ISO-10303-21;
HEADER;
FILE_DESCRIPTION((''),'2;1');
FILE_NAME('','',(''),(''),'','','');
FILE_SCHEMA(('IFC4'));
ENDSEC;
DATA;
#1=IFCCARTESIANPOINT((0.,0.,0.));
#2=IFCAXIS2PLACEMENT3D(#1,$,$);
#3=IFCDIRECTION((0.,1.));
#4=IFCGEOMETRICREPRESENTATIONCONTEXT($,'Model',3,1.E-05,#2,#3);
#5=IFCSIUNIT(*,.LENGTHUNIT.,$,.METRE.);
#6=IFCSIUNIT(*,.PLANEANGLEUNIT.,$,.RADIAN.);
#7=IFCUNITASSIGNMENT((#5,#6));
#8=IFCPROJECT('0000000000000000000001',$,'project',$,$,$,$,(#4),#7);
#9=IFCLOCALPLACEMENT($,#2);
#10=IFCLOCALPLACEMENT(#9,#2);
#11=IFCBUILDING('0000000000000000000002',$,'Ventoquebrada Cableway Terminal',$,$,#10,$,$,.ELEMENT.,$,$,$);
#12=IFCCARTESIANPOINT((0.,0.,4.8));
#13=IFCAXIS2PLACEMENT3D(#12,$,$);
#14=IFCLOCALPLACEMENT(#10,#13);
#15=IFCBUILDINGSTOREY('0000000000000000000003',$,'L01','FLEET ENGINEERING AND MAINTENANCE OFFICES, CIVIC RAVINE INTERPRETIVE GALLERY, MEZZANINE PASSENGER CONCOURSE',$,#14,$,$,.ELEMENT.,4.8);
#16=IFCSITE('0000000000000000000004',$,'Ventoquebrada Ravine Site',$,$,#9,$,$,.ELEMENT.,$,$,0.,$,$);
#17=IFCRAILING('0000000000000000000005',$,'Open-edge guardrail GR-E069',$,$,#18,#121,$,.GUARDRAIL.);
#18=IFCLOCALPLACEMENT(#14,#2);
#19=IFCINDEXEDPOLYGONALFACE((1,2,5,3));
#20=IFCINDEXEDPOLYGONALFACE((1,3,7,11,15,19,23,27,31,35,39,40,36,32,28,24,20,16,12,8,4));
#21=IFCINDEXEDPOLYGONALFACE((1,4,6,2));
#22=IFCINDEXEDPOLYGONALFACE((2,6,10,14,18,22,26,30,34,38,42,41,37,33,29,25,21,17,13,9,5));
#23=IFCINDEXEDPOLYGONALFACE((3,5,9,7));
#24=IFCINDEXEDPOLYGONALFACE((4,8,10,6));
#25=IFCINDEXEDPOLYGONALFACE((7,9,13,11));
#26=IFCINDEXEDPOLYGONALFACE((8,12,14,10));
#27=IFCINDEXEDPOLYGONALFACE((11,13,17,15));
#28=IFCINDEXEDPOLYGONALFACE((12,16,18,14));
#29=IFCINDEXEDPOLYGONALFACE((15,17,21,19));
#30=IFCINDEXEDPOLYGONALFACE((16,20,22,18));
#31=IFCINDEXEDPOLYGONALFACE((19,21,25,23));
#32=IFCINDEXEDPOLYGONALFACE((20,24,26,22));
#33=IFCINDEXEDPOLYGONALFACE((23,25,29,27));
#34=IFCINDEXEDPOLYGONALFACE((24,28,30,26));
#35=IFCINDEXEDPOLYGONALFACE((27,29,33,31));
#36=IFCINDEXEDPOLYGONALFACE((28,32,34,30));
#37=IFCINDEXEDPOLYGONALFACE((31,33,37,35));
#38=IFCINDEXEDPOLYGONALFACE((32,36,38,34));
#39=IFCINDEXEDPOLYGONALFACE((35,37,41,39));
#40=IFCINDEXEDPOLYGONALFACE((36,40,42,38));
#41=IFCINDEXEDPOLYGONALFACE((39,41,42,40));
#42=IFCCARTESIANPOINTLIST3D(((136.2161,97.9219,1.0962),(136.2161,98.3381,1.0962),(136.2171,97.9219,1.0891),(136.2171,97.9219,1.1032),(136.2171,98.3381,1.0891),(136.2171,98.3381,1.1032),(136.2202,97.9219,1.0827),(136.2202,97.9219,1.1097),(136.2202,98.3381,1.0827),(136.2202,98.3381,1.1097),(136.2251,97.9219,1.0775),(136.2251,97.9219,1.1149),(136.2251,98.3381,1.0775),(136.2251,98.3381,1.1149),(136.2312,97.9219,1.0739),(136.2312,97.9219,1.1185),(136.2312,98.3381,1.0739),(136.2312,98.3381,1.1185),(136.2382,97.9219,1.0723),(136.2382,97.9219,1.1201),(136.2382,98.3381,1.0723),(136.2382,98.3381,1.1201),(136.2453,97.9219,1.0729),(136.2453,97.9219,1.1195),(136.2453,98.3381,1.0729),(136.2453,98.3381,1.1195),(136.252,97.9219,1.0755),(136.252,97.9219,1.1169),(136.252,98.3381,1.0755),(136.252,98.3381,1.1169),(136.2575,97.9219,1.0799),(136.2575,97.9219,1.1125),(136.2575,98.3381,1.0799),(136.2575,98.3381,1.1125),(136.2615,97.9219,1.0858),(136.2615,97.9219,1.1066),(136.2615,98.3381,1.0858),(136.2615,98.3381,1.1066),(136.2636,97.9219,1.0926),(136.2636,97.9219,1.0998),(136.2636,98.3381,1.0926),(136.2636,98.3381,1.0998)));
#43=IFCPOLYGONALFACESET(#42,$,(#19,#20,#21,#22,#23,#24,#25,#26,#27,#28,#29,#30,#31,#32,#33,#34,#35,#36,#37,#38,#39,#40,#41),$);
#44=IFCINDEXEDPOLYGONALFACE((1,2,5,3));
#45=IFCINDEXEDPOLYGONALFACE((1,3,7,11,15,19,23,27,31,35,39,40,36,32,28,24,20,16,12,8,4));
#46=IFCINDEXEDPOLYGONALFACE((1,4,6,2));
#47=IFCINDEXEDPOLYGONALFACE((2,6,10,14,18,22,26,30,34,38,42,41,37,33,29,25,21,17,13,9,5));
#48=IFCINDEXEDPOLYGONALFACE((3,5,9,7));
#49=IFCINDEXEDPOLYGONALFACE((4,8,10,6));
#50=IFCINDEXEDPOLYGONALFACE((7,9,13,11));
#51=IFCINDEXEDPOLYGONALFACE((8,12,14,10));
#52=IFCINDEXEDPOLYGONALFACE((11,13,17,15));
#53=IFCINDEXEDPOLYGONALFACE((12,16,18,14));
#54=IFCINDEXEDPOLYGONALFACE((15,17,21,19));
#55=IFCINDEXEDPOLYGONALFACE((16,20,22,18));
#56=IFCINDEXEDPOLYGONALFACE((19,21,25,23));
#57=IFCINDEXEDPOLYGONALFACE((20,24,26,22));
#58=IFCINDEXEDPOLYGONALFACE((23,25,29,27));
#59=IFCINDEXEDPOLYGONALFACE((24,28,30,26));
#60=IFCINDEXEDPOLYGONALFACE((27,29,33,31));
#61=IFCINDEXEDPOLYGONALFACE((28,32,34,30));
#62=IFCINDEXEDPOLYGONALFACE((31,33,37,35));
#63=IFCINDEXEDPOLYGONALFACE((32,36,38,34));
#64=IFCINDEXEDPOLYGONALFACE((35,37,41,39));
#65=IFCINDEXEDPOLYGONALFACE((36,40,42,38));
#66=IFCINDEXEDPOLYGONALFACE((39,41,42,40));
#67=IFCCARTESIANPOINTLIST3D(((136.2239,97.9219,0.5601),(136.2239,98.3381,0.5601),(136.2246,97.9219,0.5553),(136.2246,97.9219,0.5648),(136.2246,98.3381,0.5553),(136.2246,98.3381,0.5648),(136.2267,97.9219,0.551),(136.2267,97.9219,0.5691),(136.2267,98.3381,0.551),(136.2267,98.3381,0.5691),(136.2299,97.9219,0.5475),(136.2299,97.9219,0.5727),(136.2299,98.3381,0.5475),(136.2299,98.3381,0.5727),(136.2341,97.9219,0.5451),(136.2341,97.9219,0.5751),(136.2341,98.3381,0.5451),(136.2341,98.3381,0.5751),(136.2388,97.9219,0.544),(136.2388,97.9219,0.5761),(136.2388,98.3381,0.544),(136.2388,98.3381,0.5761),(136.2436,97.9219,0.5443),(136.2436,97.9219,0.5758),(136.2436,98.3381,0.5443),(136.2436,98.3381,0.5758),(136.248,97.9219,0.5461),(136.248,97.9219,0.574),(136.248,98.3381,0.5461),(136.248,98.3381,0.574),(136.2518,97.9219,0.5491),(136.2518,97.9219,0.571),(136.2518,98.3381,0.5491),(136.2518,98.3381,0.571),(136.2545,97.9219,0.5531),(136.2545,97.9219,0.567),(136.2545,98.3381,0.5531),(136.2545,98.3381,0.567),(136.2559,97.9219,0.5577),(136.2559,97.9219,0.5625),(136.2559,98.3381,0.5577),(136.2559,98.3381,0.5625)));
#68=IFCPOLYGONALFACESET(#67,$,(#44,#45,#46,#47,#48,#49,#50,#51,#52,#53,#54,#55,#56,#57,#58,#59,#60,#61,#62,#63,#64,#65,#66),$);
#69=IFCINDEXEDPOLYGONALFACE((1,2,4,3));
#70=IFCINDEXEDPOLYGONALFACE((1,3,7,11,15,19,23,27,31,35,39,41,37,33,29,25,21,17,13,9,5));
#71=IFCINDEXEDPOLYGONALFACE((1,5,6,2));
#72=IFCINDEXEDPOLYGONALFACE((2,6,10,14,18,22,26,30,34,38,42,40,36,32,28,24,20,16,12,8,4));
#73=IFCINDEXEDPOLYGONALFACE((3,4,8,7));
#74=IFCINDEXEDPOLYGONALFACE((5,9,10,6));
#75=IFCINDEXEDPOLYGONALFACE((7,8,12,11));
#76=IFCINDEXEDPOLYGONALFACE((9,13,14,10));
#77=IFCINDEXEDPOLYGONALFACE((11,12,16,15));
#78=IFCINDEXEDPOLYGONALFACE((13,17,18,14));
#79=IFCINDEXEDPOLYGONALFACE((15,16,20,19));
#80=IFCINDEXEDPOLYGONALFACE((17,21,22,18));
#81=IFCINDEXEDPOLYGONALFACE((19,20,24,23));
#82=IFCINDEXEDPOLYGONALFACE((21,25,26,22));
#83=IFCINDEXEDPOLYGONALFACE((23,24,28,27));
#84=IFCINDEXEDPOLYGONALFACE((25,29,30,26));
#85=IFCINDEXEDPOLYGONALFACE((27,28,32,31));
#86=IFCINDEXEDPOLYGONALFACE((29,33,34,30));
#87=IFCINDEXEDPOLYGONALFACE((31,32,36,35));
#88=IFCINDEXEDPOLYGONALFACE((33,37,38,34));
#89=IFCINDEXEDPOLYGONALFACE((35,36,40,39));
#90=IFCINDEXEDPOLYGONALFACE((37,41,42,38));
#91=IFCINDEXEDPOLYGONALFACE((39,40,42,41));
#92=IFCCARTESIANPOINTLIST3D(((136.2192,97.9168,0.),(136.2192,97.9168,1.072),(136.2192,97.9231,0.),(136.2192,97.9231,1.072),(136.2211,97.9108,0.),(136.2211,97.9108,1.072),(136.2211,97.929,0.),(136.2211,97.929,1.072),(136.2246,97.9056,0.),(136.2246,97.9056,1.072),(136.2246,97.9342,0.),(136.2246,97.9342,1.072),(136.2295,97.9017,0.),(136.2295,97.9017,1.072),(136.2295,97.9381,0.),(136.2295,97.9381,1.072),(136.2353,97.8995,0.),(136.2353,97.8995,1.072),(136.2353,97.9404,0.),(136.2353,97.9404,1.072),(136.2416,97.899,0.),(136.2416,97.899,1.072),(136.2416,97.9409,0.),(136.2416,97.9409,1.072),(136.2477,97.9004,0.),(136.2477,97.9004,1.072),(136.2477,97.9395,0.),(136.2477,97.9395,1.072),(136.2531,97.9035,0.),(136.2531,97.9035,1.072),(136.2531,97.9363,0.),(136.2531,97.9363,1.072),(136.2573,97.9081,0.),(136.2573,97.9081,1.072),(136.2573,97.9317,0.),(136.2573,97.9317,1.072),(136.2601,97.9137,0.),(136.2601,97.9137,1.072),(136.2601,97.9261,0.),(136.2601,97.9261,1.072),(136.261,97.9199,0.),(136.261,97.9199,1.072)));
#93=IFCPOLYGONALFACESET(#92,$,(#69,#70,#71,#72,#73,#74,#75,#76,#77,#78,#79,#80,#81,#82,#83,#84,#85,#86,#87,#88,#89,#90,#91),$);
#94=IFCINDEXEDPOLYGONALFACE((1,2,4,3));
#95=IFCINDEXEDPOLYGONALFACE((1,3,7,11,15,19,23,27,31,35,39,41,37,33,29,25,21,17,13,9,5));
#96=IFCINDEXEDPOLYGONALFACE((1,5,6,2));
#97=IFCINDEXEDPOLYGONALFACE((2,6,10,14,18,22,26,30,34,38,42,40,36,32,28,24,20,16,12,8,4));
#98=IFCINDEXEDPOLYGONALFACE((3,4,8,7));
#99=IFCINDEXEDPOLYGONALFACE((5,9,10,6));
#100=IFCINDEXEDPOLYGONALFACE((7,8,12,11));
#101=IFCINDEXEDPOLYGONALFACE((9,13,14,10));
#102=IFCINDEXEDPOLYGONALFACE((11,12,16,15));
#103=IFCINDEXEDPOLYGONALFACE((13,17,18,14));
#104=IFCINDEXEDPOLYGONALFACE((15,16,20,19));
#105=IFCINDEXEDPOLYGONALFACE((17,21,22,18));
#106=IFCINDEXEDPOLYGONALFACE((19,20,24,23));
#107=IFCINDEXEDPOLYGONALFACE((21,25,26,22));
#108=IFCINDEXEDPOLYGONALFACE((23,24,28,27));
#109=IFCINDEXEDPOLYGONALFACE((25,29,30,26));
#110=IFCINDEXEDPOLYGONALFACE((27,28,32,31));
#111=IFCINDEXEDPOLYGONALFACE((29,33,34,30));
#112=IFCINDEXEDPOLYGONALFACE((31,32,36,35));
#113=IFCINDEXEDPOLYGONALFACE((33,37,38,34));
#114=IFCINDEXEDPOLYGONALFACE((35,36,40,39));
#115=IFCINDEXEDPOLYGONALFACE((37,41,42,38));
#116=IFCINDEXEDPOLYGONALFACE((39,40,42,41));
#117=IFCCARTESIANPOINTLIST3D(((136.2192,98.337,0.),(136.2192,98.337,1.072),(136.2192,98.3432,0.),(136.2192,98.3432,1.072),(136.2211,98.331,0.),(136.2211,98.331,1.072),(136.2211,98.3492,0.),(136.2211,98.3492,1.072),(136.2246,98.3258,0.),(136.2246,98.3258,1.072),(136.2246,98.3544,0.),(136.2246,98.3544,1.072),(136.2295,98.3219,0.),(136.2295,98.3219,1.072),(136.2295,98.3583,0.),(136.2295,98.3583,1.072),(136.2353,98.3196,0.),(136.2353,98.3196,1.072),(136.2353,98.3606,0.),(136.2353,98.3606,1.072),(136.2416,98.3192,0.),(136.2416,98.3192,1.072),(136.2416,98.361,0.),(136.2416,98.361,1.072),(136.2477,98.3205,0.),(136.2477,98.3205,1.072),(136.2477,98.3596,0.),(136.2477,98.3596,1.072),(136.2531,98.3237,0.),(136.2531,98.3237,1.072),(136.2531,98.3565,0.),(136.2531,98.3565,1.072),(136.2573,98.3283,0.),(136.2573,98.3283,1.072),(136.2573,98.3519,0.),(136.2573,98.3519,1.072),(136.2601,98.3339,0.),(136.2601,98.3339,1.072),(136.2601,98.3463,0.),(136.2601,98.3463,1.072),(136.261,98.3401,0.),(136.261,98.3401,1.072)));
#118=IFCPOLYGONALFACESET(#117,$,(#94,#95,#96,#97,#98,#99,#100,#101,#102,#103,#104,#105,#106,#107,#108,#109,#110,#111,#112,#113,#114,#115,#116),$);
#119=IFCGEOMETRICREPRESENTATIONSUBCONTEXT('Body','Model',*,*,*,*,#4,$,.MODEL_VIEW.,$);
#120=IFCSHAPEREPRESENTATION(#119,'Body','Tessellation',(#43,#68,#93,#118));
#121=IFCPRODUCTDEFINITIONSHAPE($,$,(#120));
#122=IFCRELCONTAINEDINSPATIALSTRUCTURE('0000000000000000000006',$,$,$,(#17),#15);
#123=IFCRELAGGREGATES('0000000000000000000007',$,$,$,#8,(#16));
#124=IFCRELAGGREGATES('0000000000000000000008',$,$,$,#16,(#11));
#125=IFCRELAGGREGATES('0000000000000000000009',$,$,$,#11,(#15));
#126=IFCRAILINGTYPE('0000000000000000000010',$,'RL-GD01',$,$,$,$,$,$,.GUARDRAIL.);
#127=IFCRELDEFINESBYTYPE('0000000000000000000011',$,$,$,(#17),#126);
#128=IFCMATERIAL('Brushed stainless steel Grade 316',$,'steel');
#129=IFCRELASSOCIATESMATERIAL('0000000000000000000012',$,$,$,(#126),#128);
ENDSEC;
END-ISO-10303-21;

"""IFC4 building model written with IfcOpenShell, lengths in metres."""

from ifc_helpers import new_model, si_unit, direction, frame, origin, origin_2d, place, context, subcontext, project, spatial, circle, extrude, material, type_object, element, save


model = new_model("IFC4")

# Units and contexts
model_context = context("Model", 3, precision=1e-05, world=origin(), true_north=direction((0.0, 1.0)))
body_context = subcontext(model_context, "Body", "Model", "MODEL_VIEW")
ifc_project = project(units=[si_unit("LENGTHUNIT", "METRE"), si_unit("PLANEANGLEUNIT", "RADIAN")], contexts=[model_context])

# Site, building, storey
site_placement = place(None, origin())
site = spatial("IfcSite", under=ifc_project, at=site_placement, Name="Ventoquebrada Ravine Site", CompositionType="ELEMENT", RefElevation=0.0)
building_placement = place(site_placement, origin())
building = spatial("IfcBuilding", under=site, at=building_placement, Name="Ventoquebrada Cableway Terminal", CompositionType="ELEMENT")
storey_placement = place(building_placement, frame((0.0, 0.0, 4.8)))
storey = spatial("IfcBuildingStorey", under=building, at=storey_placement, Name="L01", Description="FLEET ENGINEERING AND MAINTENANCE OFFICES, CIVIC RAVINE INTERPRETIVE GALLERY, MEZZANINE PASSENGER CONCOURSE", CompositionType="ELEMENT", Elevation=4.8)

# Shared definitions
ifc_material_1 = material(Name="Brushed stainless steel Grade 316", Category="steel")

# Railing
railing_type_1 = type_object("IfcRailingType", Name="RL-GD01", PredefinedType="GUARDRAIL", material=ifc_material_1)
railing_1_placement = place(storey_placement, frame((136.24, 97.9199, 0.0)))
element("IfcRailing", 1, at=railing_1_placement, inside=storey, type_object=railing_type_1, Name="Open-edge guardrail GR-E069", PredefinedType="GUARDRAIL", context=body_context, shape_type="SweptSolid", body=[
    extrude(circle(Radius=0.0239, at=origin_2d()), frame((0.0, 0.002, 1.0962), z_axis=(0.0, 1.0, 0.0), x_axis=(-1.0, 0.0, 0.0)), (0.0, 0.0, 1.0), 0.4163),
    extrude(circle(Radius=0.0161, at=origin_2d()), frame((0.0, 0.002, 0.5601), z_axis=(0.0, 1.0, 0.0), x_axis=(-1.0, 0.0, 0.0)), (0.0, 0.0, 1.0), 0.4163),
    extrude(circle(Radius=0.021, at=origin_2d()), origin(), (0.0, 0.0, 1.0), 1.072),
    extrude(circle(Radius=0.021, at=origin_2d()), frame((0.0, 0.4202, 0.0)), (0.0, 0.0, 1.0), 1.072),
])

save(model, "model.ifc")
